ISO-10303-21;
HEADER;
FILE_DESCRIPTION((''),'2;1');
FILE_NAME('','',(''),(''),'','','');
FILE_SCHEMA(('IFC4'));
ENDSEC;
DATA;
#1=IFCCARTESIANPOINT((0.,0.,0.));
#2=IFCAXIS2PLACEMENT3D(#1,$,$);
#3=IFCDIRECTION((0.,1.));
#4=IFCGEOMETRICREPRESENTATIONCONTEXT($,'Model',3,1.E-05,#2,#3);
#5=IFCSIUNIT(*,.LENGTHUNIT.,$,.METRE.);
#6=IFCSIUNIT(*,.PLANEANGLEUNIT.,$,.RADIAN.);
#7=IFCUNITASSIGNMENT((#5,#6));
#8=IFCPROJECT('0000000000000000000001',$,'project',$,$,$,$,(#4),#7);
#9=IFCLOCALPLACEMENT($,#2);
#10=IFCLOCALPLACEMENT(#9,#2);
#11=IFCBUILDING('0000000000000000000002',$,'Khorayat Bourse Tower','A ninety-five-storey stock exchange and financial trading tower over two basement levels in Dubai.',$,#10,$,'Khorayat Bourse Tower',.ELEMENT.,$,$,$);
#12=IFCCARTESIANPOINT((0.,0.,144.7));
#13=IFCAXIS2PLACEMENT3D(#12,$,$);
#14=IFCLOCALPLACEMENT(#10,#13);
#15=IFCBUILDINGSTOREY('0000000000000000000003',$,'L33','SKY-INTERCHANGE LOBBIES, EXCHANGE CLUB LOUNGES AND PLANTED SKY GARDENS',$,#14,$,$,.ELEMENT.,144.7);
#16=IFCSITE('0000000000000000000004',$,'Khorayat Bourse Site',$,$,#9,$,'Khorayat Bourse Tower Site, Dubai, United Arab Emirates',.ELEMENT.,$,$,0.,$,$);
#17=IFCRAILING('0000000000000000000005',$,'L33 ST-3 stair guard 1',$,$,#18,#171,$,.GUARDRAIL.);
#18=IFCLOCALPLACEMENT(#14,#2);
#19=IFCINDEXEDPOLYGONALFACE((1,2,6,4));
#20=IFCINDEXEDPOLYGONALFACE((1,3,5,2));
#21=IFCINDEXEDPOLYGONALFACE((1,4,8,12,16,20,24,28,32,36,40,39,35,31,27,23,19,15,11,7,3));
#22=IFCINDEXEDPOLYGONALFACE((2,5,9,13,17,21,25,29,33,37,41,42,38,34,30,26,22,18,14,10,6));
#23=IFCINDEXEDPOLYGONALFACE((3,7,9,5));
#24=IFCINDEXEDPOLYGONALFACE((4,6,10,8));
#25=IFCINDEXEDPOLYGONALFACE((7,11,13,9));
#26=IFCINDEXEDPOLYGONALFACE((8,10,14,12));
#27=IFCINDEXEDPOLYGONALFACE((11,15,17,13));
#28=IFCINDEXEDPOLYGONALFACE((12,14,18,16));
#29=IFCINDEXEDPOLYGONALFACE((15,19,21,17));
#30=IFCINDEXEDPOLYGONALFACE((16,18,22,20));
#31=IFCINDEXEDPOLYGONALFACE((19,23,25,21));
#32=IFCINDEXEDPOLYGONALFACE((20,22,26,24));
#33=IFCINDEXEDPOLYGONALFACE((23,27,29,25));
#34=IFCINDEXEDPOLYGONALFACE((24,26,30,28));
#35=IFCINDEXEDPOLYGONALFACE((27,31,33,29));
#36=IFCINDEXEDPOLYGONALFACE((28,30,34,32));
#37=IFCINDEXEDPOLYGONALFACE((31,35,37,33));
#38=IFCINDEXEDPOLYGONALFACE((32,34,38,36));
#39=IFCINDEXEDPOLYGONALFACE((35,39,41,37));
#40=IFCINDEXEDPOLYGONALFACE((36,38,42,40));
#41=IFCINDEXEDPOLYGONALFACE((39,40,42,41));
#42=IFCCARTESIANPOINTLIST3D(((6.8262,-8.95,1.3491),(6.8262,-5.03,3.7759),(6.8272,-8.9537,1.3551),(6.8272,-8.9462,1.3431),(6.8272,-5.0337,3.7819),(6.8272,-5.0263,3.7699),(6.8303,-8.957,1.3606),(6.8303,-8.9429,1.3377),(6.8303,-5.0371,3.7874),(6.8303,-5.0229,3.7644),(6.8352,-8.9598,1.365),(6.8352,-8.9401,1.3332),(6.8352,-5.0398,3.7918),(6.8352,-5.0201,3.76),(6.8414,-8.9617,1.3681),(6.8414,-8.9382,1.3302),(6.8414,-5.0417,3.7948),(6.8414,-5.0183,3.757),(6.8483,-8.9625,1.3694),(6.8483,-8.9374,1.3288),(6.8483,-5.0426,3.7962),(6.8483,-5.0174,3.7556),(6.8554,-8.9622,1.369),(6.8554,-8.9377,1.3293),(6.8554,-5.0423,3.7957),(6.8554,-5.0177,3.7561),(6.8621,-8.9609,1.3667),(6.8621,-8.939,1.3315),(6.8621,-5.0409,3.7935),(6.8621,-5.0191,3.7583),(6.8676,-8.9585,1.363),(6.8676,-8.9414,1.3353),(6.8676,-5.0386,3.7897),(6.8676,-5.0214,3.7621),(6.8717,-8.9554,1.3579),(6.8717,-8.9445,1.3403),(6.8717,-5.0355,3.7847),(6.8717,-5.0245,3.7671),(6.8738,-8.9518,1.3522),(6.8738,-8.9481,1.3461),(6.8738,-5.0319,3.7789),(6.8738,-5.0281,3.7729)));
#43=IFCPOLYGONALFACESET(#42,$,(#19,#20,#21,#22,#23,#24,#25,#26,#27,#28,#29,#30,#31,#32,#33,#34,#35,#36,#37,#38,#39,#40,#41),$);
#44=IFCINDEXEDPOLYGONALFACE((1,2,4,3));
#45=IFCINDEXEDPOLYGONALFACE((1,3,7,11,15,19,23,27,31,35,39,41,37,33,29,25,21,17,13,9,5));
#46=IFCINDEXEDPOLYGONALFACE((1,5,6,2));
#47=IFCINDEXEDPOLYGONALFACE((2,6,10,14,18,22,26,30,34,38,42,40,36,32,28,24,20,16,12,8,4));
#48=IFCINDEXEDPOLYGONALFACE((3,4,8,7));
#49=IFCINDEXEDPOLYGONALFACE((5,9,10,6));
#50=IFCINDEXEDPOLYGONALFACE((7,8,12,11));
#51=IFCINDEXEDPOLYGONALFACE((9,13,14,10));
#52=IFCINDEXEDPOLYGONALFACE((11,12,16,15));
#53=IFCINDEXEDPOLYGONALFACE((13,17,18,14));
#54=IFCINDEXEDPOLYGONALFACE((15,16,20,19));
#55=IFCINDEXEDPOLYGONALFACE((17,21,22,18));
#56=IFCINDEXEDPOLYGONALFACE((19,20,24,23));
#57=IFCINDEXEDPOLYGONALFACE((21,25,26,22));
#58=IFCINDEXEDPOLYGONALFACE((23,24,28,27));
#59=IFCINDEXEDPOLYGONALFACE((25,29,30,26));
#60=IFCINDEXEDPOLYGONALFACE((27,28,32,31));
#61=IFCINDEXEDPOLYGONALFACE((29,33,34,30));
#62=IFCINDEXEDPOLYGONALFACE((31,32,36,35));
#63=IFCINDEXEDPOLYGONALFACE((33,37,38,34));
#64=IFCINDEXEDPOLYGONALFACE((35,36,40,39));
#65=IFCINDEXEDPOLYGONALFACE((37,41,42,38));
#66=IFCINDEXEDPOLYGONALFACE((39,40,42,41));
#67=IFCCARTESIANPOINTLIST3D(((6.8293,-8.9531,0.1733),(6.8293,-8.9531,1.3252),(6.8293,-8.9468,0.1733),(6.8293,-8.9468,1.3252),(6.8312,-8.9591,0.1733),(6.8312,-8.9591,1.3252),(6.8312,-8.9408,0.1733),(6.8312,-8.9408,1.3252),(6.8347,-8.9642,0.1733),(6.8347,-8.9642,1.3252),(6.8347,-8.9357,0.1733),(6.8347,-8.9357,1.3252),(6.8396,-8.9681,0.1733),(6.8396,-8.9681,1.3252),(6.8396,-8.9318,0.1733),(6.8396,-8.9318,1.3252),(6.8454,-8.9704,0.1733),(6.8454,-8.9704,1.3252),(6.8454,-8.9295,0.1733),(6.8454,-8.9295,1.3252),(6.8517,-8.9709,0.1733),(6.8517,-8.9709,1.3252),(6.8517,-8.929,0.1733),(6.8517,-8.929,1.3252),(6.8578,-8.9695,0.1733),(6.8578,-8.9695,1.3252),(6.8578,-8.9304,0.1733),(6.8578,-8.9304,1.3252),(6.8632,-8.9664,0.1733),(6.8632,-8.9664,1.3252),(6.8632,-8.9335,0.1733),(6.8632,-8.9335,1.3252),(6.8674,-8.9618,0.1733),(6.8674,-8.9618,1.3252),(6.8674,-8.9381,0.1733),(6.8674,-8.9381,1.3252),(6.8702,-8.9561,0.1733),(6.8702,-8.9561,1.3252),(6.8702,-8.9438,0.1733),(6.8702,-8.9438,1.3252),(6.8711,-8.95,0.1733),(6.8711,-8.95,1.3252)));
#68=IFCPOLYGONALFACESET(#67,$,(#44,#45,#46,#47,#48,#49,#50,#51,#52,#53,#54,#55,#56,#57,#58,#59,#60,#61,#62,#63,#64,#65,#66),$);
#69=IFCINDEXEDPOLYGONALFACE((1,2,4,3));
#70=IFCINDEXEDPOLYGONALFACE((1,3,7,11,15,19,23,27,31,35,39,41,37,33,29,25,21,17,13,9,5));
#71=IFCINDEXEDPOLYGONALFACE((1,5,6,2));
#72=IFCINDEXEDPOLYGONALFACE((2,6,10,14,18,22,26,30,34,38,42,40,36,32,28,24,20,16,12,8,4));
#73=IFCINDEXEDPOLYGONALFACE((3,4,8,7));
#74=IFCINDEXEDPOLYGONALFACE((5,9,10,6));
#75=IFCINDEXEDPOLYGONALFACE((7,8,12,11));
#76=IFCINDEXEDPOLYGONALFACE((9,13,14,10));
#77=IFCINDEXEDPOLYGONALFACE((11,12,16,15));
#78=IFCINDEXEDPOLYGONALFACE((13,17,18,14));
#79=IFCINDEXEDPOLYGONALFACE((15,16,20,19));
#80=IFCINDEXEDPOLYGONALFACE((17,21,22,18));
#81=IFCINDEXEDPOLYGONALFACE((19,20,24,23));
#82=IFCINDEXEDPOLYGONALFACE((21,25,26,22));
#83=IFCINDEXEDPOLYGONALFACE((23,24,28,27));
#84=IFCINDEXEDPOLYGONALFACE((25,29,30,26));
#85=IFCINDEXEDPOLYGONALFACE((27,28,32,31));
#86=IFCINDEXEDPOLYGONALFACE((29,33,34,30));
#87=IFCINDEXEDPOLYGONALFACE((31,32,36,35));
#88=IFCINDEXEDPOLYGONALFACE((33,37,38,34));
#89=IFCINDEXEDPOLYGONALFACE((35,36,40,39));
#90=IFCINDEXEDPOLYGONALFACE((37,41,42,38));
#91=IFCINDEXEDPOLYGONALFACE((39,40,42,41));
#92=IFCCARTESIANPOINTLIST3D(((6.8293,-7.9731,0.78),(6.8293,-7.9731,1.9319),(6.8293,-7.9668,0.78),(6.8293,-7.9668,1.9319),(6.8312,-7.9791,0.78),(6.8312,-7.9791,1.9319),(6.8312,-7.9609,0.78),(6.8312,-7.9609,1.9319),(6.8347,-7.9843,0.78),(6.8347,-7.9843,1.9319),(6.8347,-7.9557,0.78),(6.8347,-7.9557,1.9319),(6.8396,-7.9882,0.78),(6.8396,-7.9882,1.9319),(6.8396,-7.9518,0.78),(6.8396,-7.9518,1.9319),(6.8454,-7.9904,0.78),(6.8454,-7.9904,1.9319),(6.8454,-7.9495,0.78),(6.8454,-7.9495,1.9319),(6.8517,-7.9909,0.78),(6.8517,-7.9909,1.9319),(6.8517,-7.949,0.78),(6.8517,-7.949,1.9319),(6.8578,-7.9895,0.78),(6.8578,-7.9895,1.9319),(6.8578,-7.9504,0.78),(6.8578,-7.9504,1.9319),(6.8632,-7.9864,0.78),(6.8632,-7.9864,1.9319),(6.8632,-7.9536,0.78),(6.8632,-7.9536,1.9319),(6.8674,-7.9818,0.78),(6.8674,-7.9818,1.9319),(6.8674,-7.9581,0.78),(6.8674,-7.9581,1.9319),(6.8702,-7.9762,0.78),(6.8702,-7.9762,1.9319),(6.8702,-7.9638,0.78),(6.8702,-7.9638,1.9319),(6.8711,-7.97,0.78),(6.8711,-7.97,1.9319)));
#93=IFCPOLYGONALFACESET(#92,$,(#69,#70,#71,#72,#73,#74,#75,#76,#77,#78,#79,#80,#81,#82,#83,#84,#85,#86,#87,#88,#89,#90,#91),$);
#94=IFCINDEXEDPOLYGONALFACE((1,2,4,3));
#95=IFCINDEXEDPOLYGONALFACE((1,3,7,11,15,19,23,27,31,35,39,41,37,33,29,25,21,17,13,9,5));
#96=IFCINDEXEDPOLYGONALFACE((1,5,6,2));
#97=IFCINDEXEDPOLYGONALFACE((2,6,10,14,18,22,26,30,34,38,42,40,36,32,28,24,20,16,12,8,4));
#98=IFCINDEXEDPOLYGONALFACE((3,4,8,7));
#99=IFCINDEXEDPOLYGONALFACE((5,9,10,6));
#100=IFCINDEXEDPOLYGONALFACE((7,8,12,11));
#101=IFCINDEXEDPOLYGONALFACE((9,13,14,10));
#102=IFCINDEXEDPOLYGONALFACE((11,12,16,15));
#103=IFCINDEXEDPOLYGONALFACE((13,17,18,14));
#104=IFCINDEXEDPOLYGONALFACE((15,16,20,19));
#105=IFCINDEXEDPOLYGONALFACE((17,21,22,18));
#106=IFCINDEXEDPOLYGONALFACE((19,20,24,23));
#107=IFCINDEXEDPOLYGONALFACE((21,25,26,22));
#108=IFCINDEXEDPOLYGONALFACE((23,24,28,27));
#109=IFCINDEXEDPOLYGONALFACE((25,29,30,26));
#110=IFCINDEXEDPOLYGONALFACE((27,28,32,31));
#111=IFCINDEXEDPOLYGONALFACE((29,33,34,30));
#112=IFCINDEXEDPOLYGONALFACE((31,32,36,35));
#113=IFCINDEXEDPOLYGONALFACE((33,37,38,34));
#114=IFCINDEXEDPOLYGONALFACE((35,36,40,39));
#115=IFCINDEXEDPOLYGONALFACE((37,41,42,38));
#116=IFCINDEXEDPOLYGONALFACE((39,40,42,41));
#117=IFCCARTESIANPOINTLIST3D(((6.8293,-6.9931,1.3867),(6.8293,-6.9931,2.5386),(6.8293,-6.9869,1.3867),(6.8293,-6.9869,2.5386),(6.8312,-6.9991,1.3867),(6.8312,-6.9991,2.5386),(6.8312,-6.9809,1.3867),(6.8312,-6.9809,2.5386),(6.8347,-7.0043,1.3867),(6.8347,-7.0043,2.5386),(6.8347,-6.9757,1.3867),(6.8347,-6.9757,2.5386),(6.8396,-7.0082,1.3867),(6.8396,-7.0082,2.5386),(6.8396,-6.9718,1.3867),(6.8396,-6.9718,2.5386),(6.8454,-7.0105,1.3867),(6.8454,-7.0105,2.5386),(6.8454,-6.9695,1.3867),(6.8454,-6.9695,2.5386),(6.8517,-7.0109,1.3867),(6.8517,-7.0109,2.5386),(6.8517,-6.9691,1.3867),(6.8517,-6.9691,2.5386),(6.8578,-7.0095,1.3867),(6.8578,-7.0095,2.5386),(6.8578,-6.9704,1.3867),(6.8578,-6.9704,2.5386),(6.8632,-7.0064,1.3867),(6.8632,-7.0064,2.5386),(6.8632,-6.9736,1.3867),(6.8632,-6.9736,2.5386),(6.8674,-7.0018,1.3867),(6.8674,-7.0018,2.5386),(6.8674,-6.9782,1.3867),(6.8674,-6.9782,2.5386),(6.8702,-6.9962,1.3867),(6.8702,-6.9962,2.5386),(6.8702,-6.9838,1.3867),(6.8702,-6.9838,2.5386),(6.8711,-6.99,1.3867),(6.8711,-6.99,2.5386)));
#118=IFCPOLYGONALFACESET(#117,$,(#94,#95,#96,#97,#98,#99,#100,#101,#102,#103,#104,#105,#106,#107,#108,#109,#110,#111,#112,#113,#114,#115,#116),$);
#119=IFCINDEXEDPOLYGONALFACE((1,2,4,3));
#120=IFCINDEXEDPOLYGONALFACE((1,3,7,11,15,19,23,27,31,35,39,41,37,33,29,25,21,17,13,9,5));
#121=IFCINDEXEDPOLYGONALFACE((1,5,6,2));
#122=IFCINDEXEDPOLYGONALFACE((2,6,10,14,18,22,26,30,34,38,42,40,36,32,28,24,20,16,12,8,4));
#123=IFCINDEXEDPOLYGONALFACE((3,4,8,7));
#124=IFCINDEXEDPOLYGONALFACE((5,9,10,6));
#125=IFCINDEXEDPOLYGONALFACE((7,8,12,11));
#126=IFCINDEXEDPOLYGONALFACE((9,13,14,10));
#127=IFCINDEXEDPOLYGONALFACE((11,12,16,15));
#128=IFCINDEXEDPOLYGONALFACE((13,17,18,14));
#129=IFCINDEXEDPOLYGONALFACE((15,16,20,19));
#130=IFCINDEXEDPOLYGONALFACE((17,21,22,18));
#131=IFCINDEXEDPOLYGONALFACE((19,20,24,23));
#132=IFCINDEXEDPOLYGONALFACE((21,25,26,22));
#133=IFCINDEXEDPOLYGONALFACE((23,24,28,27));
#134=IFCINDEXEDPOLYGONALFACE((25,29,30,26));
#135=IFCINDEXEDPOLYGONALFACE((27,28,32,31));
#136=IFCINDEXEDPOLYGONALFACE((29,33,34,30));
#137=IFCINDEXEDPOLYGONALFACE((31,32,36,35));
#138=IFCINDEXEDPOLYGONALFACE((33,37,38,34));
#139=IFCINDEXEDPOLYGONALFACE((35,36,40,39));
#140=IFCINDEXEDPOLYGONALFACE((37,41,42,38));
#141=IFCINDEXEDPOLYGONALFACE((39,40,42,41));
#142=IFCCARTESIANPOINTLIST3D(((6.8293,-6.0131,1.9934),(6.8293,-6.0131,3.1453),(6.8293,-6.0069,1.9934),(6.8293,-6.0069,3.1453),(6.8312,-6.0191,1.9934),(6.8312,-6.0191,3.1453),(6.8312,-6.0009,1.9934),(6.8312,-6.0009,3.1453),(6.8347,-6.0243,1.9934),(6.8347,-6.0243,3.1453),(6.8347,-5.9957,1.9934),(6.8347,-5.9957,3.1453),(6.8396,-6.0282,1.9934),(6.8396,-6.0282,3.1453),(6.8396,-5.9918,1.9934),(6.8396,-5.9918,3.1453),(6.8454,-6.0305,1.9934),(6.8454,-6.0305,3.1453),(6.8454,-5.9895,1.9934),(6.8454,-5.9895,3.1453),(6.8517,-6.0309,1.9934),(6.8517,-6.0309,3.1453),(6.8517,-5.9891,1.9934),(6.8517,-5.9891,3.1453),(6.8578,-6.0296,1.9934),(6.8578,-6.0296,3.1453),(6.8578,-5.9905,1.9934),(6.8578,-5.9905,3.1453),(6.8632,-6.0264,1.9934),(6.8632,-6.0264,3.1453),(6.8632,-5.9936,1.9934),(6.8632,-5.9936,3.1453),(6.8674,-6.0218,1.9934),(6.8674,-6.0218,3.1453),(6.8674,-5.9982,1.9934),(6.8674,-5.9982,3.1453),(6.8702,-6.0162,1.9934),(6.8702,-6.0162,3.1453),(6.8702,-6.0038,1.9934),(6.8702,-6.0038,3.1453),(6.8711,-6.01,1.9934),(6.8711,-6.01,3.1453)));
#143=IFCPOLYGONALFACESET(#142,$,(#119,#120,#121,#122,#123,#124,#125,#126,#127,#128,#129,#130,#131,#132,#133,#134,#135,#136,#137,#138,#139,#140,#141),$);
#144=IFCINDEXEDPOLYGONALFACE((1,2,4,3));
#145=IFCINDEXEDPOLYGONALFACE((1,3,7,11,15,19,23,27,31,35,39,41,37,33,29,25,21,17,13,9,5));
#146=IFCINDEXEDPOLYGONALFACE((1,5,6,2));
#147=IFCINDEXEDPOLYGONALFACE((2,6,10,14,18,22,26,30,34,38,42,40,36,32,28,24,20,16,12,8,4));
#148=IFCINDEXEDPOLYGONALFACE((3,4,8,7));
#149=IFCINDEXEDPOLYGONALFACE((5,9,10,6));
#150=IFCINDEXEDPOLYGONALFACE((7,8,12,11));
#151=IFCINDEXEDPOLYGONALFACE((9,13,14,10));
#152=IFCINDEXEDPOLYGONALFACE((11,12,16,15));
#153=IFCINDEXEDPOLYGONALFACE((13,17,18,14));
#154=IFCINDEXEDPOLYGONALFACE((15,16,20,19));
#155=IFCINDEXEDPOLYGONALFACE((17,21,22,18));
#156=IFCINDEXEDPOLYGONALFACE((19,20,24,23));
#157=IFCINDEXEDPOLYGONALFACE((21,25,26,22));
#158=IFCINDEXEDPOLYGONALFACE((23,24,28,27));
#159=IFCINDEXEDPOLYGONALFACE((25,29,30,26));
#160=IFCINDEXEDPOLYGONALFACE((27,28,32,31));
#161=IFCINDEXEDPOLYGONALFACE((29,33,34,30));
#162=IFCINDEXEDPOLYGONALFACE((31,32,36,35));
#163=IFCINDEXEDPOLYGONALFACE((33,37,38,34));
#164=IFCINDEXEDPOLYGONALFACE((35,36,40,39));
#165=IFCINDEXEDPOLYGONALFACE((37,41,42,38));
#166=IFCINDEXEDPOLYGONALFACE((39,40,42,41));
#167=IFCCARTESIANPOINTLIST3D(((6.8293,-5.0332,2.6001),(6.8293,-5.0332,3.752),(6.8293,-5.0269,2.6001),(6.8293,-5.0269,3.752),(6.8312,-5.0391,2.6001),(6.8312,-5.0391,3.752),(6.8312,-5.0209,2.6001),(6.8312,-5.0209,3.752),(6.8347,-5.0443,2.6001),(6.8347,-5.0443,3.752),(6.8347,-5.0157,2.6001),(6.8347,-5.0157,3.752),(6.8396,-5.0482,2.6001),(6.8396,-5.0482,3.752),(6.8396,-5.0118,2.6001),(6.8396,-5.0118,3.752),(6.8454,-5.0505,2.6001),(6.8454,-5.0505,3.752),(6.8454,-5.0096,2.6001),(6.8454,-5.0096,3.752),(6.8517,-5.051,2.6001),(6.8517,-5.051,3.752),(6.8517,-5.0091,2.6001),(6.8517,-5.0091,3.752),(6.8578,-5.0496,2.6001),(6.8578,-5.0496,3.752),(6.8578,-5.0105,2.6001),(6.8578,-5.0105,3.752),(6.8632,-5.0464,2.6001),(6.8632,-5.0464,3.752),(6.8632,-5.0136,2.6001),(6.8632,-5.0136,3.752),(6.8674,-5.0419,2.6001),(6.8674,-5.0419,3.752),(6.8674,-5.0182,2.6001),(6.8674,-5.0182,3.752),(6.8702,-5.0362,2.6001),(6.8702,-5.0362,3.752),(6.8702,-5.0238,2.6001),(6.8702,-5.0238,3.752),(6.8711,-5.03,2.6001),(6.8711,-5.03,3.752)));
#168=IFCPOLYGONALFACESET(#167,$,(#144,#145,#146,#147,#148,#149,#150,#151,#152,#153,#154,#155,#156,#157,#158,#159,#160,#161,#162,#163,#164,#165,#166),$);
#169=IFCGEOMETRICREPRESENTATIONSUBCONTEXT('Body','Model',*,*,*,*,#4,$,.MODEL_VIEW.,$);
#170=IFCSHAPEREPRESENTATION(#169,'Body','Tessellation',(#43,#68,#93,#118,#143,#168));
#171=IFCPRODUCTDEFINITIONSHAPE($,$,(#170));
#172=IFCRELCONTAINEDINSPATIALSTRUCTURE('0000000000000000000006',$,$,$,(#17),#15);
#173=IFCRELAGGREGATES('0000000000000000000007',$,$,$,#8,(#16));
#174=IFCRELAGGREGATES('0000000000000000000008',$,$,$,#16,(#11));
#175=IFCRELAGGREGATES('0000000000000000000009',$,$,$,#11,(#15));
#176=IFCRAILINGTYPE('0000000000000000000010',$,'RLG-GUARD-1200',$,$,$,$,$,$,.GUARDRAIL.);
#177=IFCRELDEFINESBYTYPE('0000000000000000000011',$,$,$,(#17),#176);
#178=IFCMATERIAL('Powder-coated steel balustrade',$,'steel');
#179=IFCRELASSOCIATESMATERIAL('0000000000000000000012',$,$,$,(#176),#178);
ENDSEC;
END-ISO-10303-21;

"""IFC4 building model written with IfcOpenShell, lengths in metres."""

from ifc_helpers import new_model, si_unit, direction, frame, origin, origin_2d, place, context, subcontext, project, spatial, circle, extrude, source, transform, mapped, material, type_object, element, save


model = new_model("IFC4")

# Units and contexts
model_context = context("Model", 3, precision=1e-05, world=origin(), true_north=direction((0.0, 1.0)))
body_context = subcontext(model_context, "Body", "Model", "MODEL_VIEW")
ifc_project = project(units=[si_unit("LENGTHUNIT", "METRE"), si_unit("PLANEANGLEUNIT", "RADIAN")], contexts=[model_context])

# Site, building, storey
site_placement = place(None, origin())
site = spatial("IfcSite", under=ifc_project, at=site_placement, Name="Khorayat Bourse Site", LongName="Khorayat Bourse Tower Site, Dubai, United Arab Emirates", CompositionType="ELEMENT", RefElevation=0.0)
building_placement = place(site_placement, origin())
building = spatial("IfcBuilding", under=site, at=building_placement, Name="Khorayat Bourse Tower", Description="A ninety-five-storey stock exchange and financial trading tower over two basement levels in Dubai.", LongName="Khorayat Bourse Tower", CompositionType="ELEMENT")
storey_placement = place(building_placement, frame((0.0, 0.0, 144.7)))
storey = spatial("IfcBuildingStorey", under=building, at=storey_placement, Name="L33", Description="SKY-INTERCHANGE LOBBIES, EXCHANGE CLUB LOUNGES AND PLANTED SKY GARDENS", CompositionType="ELEMENT", Elevation=144.7)

# Railing
ifc_material_1 = material(Name="Powder-coated steel balustrade", Category="steel")
railing_type_1 = type_object("IfcRailingType", Name="RLG-GUARD-1200", PredefinedType="GUARDRAIL", material=ifc_material_1)
shared_shape_1 = source(origin(), body_context, "Body", "SweptSolid", [
    extrude(circle(Radius=0.0239, at=origin_2d()), frame((0.0, 0.0, 1.1758), z_axis=(0.0, 0.850252, 0.526376), x_axis=(-1.0, 0.0, 0.0)), (0.0, 0.0, 1.0), 4.6104),
    extrude(circle(Radius=0.021, at=origin_2d()), origin(), (0.0, 0.0, 1.0), 1.1519),
    extrude(circle(Radius=0.021, at=origin_2d()), frame((0.0, 0.98, 0.6067)), (0.0, 0.0, 1.0), 1.1519),
    extrude(circle(Radius=0.021, at=origin_2d()), frame((0.0, 1.96, 1.2134)), (0.0, 0.0, 1.0), 1.1519),
    extrude(circle(Radius=0.021, at=origin_2d()), frame((0.0, 2.9399, 1.8201)), (0.0, 0.0, 1.0), 1.1519),
    extrude(circle(Radius=0.021, at=origin_2d()), frame((0.0, 3.9199, 2.4268)), (0.0, 0.0, 1.0), 1.1519),
])
railing_1_placement = place(storey_placement, frame((6.8501, -8.95, 0.1733)))
element("IfcRailing", 1, at=railing_1_placement, inside=storey, type_object=railing_type_1, Name="L33 ST-3 stair guard 1", PredefinedType="GUARDRAIL", context=body_context, shape_type="MappedRepresentation", body=[
    mapped(shared_shape_1, transform((0.0, 0.0, 0.0), scale=1.0)),
])

save(model, "model.ifc")
